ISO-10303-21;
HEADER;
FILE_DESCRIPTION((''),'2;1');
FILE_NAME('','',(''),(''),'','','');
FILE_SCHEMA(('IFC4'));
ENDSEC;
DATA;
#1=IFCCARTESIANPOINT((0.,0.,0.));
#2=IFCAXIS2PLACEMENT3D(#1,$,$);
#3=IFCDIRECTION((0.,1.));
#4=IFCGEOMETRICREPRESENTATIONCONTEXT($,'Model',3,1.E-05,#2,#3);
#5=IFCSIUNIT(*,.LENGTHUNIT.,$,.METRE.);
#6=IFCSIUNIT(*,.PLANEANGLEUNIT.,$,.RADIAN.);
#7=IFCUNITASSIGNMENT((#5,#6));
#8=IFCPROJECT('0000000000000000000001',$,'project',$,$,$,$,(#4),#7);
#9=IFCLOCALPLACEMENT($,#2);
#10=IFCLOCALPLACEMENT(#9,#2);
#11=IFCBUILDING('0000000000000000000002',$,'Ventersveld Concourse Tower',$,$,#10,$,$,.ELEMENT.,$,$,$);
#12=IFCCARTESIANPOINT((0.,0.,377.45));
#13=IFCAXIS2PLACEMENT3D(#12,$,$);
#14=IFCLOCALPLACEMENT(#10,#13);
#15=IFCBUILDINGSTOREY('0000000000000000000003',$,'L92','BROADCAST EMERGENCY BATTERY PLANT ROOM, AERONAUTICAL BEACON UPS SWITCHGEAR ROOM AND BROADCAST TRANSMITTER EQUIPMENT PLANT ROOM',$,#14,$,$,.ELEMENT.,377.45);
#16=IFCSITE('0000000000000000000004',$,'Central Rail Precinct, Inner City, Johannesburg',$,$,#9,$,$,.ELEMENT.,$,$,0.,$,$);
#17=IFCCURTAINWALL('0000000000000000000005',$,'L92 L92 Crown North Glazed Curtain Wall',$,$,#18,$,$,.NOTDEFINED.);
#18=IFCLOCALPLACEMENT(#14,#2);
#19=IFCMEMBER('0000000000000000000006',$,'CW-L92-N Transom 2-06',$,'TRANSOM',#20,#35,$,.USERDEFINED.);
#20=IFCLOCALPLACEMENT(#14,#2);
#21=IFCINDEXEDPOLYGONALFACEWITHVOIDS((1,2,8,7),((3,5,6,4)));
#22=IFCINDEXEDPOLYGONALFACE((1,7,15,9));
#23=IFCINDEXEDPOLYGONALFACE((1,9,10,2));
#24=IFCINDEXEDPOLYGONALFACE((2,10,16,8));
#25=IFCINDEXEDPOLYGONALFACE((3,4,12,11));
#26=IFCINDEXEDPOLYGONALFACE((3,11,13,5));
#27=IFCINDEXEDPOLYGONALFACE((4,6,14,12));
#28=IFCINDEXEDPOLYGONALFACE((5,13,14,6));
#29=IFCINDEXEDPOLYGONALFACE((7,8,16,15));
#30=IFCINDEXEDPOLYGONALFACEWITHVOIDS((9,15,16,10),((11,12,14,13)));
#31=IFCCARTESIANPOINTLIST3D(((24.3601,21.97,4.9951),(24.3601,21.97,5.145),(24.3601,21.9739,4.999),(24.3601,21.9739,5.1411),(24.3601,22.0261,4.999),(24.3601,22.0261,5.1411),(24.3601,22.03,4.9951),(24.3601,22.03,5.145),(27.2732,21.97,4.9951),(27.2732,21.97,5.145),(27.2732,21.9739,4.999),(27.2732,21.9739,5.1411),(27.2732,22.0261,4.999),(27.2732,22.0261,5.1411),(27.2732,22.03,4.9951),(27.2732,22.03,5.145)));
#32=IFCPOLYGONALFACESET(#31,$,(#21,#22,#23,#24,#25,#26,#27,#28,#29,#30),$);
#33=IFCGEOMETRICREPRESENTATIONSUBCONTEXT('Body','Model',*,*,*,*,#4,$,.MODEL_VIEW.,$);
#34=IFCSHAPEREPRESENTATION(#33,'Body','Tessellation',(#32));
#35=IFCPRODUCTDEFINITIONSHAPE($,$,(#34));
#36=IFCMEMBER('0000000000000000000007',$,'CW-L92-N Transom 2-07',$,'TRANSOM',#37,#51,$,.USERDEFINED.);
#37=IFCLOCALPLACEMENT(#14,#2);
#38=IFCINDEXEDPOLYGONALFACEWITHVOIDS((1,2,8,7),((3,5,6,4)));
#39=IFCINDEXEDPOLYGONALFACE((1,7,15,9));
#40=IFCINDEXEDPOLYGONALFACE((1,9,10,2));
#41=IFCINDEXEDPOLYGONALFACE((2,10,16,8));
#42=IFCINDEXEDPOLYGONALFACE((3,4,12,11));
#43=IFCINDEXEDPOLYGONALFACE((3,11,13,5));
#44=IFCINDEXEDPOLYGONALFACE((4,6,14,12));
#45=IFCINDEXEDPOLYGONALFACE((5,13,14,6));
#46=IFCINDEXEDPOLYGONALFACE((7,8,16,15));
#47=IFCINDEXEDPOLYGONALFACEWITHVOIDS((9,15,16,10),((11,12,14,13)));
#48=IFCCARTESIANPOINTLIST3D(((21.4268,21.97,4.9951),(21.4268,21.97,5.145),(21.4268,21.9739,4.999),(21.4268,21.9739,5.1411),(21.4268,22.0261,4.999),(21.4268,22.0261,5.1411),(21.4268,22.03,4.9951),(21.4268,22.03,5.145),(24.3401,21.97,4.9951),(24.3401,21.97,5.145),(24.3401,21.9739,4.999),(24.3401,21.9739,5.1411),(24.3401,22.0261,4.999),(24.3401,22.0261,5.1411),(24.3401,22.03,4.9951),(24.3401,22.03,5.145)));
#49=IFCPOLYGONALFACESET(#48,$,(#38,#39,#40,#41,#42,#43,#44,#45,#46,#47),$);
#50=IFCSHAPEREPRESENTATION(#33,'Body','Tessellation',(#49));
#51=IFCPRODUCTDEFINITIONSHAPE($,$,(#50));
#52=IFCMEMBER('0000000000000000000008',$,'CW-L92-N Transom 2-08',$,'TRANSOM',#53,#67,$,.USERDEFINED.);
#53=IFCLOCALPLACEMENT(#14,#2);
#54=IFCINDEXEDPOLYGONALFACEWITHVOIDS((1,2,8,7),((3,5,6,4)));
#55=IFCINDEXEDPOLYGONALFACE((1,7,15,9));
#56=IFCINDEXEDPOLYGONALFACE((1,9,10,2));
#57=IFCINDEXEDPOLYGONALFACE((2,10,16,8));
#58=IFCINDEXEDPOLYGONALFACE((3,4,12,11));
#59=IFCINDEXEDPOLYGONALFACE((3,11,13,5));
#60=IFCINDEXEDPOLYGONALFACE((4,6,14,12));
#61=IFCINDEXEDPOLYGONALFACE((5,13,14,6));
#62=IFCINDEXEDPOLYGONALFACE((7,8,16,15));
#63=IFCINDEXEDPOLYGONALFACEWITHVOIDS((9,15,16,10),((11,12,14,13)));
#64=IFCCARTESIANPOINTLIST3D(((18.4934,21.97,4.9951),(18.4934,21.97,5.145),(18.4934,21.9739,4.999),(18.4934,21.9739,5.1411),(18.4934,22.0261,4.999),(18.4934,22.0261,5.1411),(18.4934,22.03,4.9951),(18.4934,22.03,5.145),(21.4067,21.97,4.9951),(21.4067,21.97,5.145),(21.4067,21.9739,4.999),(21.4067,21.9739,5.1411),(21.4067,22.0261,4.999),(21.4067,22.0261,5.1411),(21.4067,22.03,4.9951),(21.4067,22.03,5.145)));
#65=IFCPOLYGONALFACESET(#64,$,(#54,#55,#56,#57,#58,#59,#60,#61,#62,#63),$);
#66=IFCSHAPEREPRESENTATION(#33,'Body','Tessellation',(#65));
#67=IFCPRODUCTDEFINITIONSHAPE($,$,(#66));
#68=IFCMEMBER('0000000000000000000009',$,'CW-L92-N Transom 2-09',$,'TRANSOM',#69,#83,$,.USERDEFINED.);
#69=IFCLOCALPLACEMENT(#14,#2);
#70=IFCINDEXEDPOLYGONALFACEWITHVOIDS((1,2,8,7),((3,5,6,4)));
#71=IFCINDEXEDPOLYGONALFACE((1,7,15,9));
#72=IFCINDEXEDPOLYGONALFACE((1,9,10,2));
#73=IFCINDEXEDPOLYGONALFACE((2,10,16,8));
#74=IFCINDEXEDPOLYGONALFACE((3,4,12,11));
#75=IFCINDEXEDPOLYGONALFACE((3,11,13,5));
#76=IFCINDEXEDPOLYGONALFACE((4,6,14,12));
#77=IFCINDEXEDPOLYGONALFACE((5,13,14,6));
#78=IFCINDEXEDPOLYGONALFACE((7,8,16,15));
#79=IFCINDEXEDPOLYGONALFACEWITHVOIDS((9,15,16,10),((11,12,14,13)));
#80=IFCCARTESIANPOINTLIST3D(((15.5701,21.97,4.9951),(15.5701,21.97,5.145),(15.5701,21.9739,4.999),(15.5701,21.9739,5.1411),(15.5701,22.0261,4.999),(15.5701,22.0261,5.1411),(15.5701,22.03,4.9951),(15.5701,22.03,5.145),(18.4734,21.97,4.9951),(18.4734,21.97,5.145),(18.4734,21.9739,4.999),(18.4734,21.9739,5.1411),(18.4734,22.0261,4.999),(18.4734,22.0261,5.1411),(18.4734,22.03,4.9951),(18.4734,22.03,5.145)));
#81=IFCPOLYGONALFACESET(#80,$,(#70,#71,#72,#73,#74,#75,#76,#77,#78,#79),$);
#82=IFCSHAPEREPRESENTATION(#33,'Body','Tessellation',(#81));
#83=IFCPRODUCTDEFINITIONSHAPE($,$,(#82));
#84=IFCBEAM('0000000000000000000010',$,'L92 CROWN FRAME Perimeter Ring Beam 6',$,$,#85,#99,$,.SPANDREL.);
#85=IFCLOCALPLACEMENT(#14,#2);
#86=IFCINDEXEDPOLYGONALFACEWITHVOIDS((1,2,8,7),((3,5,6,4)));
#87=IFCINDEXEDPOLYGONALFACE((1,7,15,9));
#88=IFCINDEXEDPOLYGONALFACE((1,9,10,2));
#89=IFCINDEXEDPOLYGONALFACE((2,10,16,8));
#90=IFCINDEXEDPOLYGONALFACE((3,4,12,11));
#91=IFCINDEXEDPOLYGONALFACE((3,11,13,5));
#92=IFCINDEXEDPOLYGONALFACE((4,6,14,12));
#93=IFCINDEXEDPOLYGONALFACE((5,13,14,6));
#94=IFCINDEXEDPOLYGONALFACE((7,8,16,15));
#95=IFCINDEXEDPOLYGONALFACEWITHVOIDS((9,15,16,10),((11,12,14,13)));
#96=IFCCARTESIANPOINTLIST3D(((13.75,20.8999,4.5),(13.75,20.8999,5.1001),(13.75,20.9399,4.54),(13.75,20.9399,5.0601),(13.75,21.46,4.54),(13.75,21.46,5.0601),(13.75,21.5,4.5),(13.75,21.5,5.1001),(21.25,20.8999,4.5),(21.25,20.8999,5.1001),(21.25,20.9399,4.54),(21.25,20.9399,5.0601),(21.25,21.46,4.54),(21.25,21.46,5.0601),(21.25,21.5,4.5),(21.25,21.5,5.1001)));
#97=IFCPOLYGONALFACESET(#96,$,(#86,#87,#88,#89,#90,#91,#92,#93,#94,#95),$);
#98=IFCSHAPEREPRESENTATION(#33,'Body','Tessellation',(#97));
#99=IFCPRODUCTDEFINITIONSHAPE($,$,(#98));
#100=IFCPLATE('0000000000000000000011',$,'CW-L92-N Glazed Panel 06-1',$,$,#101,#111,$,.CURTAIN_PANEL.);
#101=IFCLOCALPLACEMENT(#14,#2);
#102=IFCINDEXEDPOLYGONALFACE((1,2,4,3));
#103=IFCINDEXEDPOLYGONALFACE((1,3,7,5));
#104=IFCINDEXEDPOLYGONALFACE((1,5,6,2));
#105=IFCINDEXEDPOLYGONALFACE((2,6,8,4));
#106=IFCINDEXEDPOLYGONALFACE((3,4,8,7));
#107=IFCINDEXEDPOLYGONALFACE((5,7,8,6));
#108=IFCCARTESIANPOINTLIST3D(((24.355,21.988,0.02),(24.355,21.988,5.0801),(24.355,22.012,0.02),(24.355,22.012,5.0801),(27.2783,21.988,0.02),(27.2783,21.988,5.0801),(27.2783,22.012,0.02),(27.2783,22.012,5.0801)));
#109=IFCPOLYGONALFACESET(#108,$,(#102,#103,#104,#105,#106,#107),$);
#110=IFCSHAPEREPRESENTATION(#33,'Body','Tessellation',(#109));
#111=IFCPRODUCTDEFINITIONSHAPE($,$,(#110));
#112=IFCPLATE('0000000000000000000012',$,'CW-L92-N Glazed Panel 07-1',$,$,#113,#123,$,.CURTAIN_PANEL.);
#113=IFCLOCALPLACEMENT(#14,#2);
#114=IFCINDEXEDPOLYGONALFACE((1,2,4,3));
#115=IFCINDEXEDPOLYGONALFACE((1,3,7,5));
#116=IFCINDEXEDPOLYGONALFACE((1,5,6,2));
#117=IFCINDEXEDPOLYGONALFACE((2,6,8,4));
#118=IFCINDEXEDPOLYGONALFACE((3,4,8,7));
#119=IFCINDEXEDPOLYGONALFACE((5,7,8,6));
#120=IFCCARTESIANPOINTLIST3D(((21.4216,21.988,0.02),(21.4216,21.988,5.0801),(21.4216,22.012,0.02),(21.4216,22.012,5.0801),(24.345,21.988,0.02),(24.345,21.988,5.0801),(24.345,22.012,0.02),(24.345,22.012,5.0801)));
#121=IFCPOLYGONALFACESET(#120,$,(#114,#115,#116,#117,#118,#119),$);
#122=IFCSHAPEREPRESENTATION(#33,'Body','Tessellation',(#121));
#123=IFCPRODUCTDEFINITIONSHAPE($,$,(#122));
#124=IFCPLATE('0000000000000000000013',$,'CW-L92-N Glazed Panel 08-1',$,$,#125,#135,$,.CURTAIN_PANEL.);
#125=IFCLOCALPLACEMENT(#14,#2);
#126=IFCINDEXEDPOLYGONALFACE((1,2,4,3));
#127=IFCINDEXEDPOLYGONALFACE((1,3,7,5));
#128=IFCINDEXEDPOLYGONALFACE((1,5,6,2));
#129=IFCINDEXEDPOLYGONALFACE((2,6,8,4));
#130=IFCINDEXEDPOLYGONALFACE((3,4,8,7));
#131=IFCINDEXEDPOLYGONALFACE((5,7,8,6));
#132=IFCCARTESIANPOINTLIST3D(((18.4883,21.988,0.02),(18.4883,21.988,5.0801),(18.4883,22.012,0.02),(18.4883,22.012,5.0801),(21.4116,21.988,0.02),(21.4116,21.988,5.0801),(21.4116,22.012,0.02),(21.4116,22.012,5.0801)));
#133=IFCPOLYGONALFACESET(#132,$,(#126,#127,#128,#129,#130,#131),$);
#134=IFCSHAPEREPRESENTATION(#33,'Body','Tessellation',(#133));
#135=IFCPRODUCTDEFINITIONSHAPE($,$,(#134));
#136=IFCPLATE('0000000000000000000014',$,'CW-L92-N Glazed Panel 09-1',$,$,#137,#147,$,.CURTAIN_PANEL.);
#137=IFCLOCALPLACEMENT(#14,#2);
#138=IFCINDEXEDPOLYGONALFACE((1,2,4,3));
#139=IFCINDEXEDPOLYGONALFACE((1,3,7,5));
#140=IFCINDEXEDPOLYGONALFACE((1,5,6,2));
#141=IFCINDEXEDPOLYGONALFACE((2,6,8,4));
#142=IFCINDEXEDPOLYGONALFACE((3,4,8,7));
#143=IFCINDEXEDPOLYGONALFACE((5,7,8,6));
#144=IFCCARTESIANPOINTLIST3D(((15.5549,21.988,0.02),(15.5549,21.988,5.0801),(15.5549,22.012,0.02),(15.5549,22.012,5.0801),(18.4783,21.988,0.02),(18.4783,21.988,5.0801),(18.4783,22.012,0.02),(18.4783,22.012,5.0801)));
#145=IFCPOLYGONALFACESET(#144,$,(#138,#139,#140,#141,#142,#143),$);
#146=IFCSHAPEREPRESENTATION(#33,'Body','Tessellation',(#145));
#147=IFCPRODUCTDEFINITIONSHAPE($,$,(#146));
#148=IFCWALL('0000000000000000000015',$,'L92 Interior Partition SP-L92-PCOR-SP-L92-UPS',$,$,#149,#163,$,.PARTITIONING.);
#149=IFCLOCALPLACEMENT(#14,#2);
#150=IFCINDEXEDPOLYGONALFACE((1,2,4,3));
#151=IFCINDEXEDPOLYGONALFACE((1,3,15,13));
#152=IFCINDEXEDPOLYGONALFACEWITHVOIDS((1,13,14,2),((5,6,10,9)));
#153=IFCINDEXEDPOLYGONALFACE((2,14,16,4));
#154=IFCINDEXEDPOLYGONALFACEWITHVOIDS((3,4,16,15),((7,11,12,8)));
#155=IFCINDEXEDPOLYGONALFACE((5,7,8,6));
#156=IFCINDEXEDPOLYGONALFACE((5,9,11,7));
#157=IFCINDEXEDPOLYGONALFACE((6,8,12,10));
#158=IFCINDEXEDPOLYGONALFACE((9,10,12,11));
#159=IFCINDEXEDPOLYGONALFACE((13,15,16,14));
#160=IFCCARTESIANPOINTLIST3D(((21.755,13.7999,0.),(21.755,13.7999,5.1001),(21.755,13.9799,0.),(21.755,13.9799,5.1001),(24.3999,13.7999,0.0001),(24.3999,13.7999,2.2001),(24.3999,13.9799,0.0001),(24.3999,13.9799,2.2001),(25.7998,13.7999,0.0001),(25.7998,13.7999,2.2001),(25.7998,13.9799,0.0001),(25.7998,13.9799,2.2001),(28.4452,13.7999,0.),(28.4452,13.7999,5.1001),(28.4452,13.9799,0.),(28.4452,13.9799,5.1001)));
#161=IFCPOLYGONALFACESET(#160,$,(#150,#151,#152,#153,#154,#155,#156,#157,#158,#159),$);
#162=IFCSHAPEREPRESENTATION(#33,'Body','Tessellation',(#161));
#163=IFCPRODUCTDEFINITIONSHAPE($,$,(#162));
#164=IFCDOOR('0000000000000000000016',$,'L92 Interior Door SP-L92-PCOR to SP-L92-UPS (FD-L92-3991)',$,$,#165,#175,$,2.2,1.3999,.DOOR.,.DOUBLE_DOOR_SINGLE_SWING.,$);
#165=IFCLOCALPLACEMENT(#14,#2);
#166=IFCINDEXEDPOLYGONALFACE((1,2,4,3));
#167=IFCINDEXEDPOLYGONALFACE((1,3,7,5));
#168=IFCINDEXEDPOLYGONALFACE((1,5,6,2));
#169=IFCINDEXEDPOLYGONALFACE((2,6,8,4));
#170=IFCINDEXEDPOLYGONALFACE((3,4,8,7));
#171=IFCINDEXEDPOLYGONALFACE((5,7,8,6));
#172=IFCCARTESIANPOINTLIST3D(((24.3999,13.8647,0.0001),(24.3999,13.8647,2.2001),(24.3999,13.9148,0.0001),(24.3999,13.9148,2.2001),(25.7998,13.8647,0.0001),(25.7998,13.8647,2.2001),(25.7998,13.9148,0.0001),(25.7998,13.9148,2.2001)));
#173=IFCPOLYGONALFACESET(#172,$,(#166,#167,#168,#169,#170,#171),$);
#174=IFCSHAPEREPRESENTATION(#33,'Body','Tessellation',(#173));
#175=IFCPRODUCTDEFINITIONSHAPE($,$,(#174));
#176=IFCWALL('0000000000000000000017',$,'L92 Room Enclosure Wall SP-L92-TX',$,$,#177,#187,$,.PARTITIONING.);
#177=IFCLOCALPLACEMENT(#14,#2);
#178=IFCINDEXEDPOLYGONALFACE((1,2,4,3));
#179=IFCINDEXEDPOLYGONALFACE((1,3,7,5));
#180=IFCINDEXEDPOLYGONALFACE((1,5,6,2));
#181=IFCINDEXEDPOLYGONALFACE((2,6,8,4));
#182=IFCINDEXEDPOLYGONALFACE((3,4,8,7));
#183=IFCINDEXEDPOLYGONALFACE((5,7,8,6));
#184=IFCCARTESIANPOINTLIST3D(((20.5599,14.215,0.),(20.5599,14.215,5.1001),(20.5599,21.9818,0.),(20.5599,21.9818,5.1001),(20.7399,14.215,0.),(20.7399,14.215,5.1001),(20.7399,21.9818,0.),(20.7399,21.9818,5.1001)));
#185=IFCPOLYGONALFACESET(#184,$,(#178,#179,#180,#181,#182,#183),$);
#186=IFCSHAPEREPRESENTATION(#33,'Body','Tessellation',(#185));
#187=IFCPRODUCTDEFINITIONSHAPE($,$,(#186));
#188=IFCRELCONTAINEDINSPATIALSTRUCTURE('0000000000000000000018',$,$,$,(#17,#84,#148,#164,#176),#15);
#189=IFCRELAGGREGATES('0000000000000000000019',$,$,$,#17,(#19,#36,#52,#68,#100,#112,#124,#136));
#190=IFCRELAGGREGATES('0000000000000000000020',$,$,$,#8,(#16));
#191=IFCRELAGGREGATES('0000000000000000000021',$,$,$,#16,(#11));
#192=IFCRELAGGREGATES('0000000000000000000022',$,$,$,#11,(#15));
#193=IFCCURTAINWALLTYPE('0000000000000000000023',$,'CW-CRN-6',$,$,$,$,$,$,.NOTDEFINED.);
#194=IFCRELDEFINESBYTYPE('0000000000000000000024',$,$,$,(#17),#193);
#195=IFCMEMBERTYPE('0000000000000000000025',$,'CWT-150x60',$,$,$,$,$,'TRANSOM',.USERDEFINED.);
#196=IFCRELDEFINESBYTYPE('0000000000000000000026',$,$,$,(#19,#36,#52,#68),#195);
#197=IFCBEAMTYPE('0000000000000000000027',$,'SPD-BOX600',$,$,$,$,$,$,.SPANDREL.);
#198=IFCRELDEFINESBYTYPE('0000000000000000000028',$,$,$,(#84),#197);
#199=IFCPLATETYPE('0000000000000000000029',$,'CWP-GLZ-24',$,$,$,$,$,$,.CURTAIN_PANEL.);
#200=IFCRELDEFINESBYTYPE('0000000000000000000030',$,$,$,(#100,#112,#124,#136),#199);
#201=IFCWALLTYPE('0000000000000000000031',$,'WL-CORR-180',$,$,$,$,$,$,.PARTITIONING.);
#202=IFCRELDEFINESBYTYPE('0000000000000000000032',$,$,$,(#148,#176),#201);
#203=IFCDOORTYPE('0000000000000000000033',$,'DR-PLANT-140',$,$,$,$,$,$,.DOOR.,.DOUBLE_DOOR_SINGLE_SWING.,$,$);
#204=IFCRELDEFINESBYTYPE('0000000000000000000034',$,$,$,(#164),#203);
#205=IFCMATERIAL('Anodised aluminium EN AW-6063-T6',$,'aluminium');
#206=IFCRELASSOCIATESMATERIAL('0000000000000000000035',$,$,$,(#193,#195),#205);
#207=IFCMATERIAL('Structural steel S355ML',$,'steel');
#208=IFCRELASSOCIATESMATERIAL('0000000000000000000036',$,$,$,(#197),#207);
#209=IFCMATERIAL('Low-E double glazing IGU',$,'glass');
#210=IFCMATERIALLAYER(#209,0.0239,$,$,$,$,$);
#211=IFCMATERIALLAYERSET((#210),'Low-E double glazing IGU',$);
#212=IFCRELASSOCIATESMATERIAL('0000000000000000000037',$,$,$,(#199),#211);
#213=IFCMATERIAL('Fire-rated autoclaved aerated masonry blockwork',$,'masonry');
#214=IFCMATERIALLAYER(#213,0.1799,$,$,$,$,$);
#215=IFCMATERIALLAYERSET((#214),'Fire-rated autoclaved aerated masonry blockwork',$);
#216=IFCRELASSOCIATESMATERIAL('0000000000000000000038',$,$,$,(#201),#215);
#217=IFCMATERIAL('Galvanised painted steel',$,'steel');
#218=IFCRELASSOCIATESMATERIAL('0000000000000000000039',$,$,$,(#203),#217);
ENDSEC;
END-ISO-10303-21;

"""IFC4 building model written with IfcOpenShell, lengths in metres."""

from ifc_helpers import new_model, si_unit, direction, frame, frame_2d, origin, origin_2d, place, context, subcontext, project, spatial, rectangle, hollow_rectangle, extrude, material, layer, layer_set, material_profile, profile_set, type_object, element, fill, aggregate, save


model = new_model("IFC4")

# Units and contexts
model_context = context("Model", 3, precision=1e-05, world=origin(), true_north=direction((0.0, 1.0)))
body_context = subcontext(model_context, "Body", "Model", "MODEL_VIEW")
ifc_project = project(units=[si_unit("LENGTHUNIT", "METRE"), si_unit("PLANEANGLEUNIT", "RADIAN")], contexts=[model_context])

# Site, building, storey
site_placement = place(None, origin())
site = spatial("IfcSite", under=ifc_project, at=site_placement, Name="Central Rail Precinct, Inner City, Johannesburg", CompositionType="ELEMENT", RefElevation=0.0)
building_placement = place(site_placement, origin())
building = spatial("IfcBuilding", under=site, at=building_placement, Name="Ventersveld Concourse Tower", CompositionType="ELEMENT")
storey_placement = place(building_placement, frame((0.0, 0.0, 377.45)))
storey = spatial("IfcBuildingStorey", under=building, at=storey_placement, Name="L92", Description="BROADCAST EMERGENCY BATTERY PLANT ROOM, AERONAUTICAL BEACON UPS SWITCHGEAR ROOM AND BROADCAST TRANSMITTER EQUIPMENT PLANT ROOM", CompositionType="ELEMENT", Elevation=377.45)

# Shared definitions
ifc_material_1 = material(Name="Structural steel S355ML", Category="steel")

# Curtain wall, members
ifc_material_2 = material(Name="Anodised aluminium EN AW-6063-T6", Category="aluminium")
curtain_wall_type = type_object("IfcCurtainWallType", Name="CW-CRN-6", PredefinedType="NOTDEFINED", material=ifc_material_2)
curtain_wall_placement = place(storey_placement, origin())
curtain_wall = element("IfcCurtainWall", 1, at=curtain_wall_placement, inside=storey, type_object=curtain_wall_type, Name="L92 L92 Crown North Glazed Curtain Wall", PredefinedType="NOTDEFINED")
ifc_material_profile_1 = material_profile(ifc_material_2, hollow_rectangle(XDim=0.0601, YDim=0.1499, WallThickness=0.0039, at=origin_2d()), Name="ALU 150x60x4")
ifc_profile_set_1 = profile_set([ifc_material_profile_1], Name="Anodised aluminium EN AW-6063-T6")
member_type_1 = type_object("IfcMemberType", Name="CWT-150x60", ElementType="TRANSOM", PredefinedType="USERDEFINED", material=ifc_profile_set_1)
member_1_placement = place(storey_placement, frame((27.2732, 22.0, 5.0701), z_axis=(-1.0, 0.0, 0.0), x_axis=(0.0, -1.0, 0.0)))
member_1 = element("IfcMember", 2, at=member_1_placement, type_object=member_type_1, Name="CW-L92-N Transom 2-06", ObjectType="TRANSOM", PredefinedType="USERDEFINED", context=body_context, shape_type="SweptSolid", body=[
    extrude(hollow_rectangle(XDim=0.0601, YDim=0.1499, WallThickness=0.0039, at=origin_2d()), origin(), (0.0, 0.0, 1.0), 2.9131),
])
member_2_placement = place(storey_placement, frame((24.3401, 22.0, 5.0701), z_axis=(-1.0, 0.0, 0.0), x_axis=(0.0, -1.0, 0.0)))
member_2 = element("IfcMember", 3, at=member_2_placement, type_object=member_type_1, Name="CW-L92-N Transom 2-07", ObjectType="TRANSOM", PredefinedType="USERDEFINED", context=body_context, shape_type="SweptSolid", body=[
    extrude(hollow_rectangle(XDim=0.0601, YDim=0.1499, WallThickness=0.0039, at=origin_2d()), origin(), (0.0, 0.0, 1.0), 2.9133),
])
member_3_placement = place(storey_placement, frame((21.4067, 22.0, 5.0701), z_axis=(-1.0, 0.0, 0.0), x_axis=(0.0, -1.0, 0.0)))
member_3 = element("IfcMember", 4, at=member_3_placement, type_object=member_type_1, Name="CW-L92-N Transom 2-08", ObjectType="TRANSOM", PredefinedType="USERDEFINED", context=body_context, shape_type="SweptSolid", body=[
    extrude(hollow_rectangle(XDim=0.0601, YDim=0.1499, WallThickness=0.0039, at=origin_2d()), origin(), (0.0, 0.0, 1.0), 2.9133),
])
member_4_placement = place(storey_placement, frame((18.4734, 22.0, 5.0701), z_axis=(-1.0, 0.0, 0.0), x_axis=(0.0, -1.0, 0.0)))
member_4 = element("IfcMember", 5, at=member_4_placement, type_object=member_type_1, Name="CW-L92-N Transom 2-09", ObjectType="TRANSOM", PredefinedType="USERDEFINED", context=body_context, shape_type="SweptSolid", body=[
    extrude(hollow_rectangle(XDim=0.0601, YDim=0.1499, WallThickness=0.0039, at=origin_2d()), origin(), (0.0, 0.0, 1.0), 2.9033),
])

# Beam
ifc_material_profile_2 = material_profile(ifc_material_1, hollow_rectangle(XDim=0.6001, YDim=0.6001, WallThickness=0.04, at=origin_2d()), Name="BOX 600x600x40")
ifc_profile_set_2 = profile_set([ifc_material_profile_2], Name="Structural steel S355ML")
beam_type = type_object("IfcBeamType", Name="SPD-BOX600", PredefinedType="SPANDREL", material=ifc_profile_set_2)
beam_placement = place(storey_placement, frame((21.25, 21.2, 4.8), z_axis=(-1.0, 0.0, 0.0), x_axis=(0.0, -1.0, 0.0)))
element("IfcBeam", 6, at=beam_placement, inside=storey, type_object=beam_type, Name="L92 CROWN FRAME Perimeter Ring Beam 6", PredefinedType="SPANDREL", context=body_context, shape_type="SweptSolid", body=[
    extrude(hollow_rectangle(XDim=0.6001, YDim=0.6001, WallThickness=0.04, at=origin_2d()), origin(), (0.0, 0.0, 1.0), 7.5),
])

# Plates
ifc_material_3 = material(Name="Low-E double glazing IGU", Category="glass")
ifc_layer_1 = layer(ifc_material_3, 0.0239)
ifc_layer_set_1 = layer_set([ifc_layer_1], Name="Low-E double glazing IGU")
plate_type = type_object("IfcPlateType", Name="CWP-GLZ-24", PredefinedType="CURTAIN_PANEL", material=ifc_layer_set_1)
plate_1_placement = place(storey_placement, frame((25.8167, 22.0, 0.02), z_axis=(0.0, 0.0, 1.0), x_axis=(-1.0, 0.0, 0.0)))
plate_1 = element("IfcPlate", 7, at=plate_1_placement, type_object=plate_type, Name="CW-L92-N Glazed Panel 06-1", PredefinedType="CURTAIN_PANEL", context=body_context, shape_type="SweptSolid", body=[
    extrude(rectangle(XDim=2.9233, YDim=0.0239, at=origin_2d()), origin(), (0.0, 0.0, 1.0), 5.0601),
])
plate_2_placement = place(storey_placement, frame((22.8833, 22.0, 0.02), z_axis=(0.0, 0.0, 1.0), x_axis=(-1.0, 0.0, 0.0)))
plate_2 = element("IfcPlate", 8, at=plate_2_placement, type_object=plate_type, Name="CW-L92-N Glazed Panel 07-1", PredefinedType="CURTAIN_PANEL", context=body_context, shape_type="SweptSolid", body=[
    extrude(rectangle(XDim=2.9233, YDim=0.0239, at=origin_2d()), origin(), (0.0, 0.0, 1.0), 5.0601),
])
plate_3_placement = place(storey_placement, frame((19.95, 22.0, 0.02), z_axis=(0.0, 0.0, 1.0), x_axis=(-1.0, 0.0, 0.0)))
plate_3 = element("IfcPlate", 9, at=plate_3_placement, type_object=plate_type, Name="CW-L92-N Glazed Panel 08-1", PredefinedType="CURTAIN_PANEL", context=body_context, shape_type="SweptSolid", body=[
    extrude(rectangle(XDim=2.9233, YDim=0.0239, at=origin_2d()), origin(), (0.0, 0.0, 1.0), 5.0601),
])
plate_4_placement = place(storey_placement, frame((17.0166, 22.0, 0.02), z_axis=(0.0, 0.0, 1.0), x_axis=(-1.0, 0.0, 0.0)))
plate_4 = element("IfcPlate", 10, at=plate_4_placement, type_object=plate_type, Name="CW-L92-N Glazed Panel 09-1", PredefinedType="CURTAIN_PANEL", context=body_context, shape_type="SweptSolid", body=[
    extrude(rectangle(XDim=2.9233, YDim=0.0239, at=origin_2d()), origin(), (0.0, 0.0, 1.0), 5.0601),
])
aggregate(curtain_wall, [member_1, member_2, member_3, member_4, plate_1, plate_2, plate_3, plate_4])

# Wall, opening, door
ifc_material_4 = material(Name="Fire-rated autoclaved aerated masonry blockwork", Category="masonry")
ifc_layer_2 = layer(ifc_material_4, 0.1799)
ifc_layer_set_2 = layer_set([ifc_layer_2], Name="Fire-rated autoclaved aerated masonry blockwork")
wall_type_1 = type_object("IfcWallType", Name="WL-CORR-180", PredefinedType="PARTITIONING", material=ifc_layer_set_2)
wall_1_placement = place(storey_placement, frame((21.7549, 13.8899, 0.0), z_axis=(0.0, 0.0, 1.0), x_axis=(1.0, 0.0, 0.0)))
wall_1 = element("IfcWall", 11, at=wall_1_placement, inside=storey, type_object=wall_type_1, Name="L92 Interior Partition SP-L92-PCOR-SP-L92-UPS", PredefinedType="PARTITIONING", context=body_context, shape_type="SweptSolid", body=[
    extrude(rectangle(XDim=6.6902, YDim=0.1799, at=frame_2d((3.3452, 0.0))), origin(), (0.0, 0.0, 1.0), 5.1001),
])
opening_1_placement = place(wall_1_placement, frame((2.645, 0.0, 0.0)))
opening_1 = element("IfcOpeningElement", 12, at=opening_1_placement, cuts=wall_1, PredefinedType="OPENING", context=body_context, shape_type="SweptSolid", body=[
    extrude(rectangle(XDim=1.3999, YDim=2.2, at=frame_2d((0.7, 1.1001))), frame((0.0, 0.1001, 0.0), z_axis=(0.0, -1.0, 0.0), x_axis=(1.0, 0.0, 0.0)), (0.0, 0.0, 1.0), 0.2),
])
ifc_material_5 = material(Name="Galvanised painted steel", Category="steel")
door_type = type_object("IfcDoorType", Name="DR-PLANT-140", OperationType="DOUBLE_DOOR_SINGLE_SWING", PredefinedType="DOOR", material=ifc_material_5)
door_1_placement = place(opening_1_placement, origin())
door_1 = element("IfcDoor", 13, at=door_1_placement, inside=storey, type_object=door_type, Name="L92 Interior Door SP-L92-PCOR to SP-L92-UPS (FD-L92-3991)", OperationType="DOUBLE_DOOR_SINGLE_SWING", OverallHeight=2.2, OverallWidth=1.3999, PredefinedType="DOOR", context=body_context, shape_type="SweptSolid", body=[
    extrude(rectangle(XDim=1.3999, YDim=2.2, at=frame_2d((0.7, 1.1001))), frame((0.0, 0.0249, 0.0), z_axis=(0.0, -1.0, 0.0), x_axis=(1.0, 0.0, 0.0)), (0.0, 0.0, 1.0), 0.05),
])
fill(opening_1, door_1)

# Wall
wall_2_placement = place(storey_placement, frame((20.6499, 14.2151, 0.0), z_axis=(0.0, 0.0, 1.0), x_axis=(0.0, 1.0, 0.0)))
element("IfcWall", 14, at=wall_2_placement, inside=storey, type_object=wall_type_1, Name="L92 Room Enclosure Wall SP-L92-TX", PredefinedType="PARTITIONING", context=body_context, shape_type="SweptSolid", body=[
    extrude(rectangle(XDim=7.7668, YDim=0.1799, at=frame_2d((3.8833, 0.0))), origin(), (0.0, 0.0, 1.0), 5.1001),
])

save(model, "model.ifc")
